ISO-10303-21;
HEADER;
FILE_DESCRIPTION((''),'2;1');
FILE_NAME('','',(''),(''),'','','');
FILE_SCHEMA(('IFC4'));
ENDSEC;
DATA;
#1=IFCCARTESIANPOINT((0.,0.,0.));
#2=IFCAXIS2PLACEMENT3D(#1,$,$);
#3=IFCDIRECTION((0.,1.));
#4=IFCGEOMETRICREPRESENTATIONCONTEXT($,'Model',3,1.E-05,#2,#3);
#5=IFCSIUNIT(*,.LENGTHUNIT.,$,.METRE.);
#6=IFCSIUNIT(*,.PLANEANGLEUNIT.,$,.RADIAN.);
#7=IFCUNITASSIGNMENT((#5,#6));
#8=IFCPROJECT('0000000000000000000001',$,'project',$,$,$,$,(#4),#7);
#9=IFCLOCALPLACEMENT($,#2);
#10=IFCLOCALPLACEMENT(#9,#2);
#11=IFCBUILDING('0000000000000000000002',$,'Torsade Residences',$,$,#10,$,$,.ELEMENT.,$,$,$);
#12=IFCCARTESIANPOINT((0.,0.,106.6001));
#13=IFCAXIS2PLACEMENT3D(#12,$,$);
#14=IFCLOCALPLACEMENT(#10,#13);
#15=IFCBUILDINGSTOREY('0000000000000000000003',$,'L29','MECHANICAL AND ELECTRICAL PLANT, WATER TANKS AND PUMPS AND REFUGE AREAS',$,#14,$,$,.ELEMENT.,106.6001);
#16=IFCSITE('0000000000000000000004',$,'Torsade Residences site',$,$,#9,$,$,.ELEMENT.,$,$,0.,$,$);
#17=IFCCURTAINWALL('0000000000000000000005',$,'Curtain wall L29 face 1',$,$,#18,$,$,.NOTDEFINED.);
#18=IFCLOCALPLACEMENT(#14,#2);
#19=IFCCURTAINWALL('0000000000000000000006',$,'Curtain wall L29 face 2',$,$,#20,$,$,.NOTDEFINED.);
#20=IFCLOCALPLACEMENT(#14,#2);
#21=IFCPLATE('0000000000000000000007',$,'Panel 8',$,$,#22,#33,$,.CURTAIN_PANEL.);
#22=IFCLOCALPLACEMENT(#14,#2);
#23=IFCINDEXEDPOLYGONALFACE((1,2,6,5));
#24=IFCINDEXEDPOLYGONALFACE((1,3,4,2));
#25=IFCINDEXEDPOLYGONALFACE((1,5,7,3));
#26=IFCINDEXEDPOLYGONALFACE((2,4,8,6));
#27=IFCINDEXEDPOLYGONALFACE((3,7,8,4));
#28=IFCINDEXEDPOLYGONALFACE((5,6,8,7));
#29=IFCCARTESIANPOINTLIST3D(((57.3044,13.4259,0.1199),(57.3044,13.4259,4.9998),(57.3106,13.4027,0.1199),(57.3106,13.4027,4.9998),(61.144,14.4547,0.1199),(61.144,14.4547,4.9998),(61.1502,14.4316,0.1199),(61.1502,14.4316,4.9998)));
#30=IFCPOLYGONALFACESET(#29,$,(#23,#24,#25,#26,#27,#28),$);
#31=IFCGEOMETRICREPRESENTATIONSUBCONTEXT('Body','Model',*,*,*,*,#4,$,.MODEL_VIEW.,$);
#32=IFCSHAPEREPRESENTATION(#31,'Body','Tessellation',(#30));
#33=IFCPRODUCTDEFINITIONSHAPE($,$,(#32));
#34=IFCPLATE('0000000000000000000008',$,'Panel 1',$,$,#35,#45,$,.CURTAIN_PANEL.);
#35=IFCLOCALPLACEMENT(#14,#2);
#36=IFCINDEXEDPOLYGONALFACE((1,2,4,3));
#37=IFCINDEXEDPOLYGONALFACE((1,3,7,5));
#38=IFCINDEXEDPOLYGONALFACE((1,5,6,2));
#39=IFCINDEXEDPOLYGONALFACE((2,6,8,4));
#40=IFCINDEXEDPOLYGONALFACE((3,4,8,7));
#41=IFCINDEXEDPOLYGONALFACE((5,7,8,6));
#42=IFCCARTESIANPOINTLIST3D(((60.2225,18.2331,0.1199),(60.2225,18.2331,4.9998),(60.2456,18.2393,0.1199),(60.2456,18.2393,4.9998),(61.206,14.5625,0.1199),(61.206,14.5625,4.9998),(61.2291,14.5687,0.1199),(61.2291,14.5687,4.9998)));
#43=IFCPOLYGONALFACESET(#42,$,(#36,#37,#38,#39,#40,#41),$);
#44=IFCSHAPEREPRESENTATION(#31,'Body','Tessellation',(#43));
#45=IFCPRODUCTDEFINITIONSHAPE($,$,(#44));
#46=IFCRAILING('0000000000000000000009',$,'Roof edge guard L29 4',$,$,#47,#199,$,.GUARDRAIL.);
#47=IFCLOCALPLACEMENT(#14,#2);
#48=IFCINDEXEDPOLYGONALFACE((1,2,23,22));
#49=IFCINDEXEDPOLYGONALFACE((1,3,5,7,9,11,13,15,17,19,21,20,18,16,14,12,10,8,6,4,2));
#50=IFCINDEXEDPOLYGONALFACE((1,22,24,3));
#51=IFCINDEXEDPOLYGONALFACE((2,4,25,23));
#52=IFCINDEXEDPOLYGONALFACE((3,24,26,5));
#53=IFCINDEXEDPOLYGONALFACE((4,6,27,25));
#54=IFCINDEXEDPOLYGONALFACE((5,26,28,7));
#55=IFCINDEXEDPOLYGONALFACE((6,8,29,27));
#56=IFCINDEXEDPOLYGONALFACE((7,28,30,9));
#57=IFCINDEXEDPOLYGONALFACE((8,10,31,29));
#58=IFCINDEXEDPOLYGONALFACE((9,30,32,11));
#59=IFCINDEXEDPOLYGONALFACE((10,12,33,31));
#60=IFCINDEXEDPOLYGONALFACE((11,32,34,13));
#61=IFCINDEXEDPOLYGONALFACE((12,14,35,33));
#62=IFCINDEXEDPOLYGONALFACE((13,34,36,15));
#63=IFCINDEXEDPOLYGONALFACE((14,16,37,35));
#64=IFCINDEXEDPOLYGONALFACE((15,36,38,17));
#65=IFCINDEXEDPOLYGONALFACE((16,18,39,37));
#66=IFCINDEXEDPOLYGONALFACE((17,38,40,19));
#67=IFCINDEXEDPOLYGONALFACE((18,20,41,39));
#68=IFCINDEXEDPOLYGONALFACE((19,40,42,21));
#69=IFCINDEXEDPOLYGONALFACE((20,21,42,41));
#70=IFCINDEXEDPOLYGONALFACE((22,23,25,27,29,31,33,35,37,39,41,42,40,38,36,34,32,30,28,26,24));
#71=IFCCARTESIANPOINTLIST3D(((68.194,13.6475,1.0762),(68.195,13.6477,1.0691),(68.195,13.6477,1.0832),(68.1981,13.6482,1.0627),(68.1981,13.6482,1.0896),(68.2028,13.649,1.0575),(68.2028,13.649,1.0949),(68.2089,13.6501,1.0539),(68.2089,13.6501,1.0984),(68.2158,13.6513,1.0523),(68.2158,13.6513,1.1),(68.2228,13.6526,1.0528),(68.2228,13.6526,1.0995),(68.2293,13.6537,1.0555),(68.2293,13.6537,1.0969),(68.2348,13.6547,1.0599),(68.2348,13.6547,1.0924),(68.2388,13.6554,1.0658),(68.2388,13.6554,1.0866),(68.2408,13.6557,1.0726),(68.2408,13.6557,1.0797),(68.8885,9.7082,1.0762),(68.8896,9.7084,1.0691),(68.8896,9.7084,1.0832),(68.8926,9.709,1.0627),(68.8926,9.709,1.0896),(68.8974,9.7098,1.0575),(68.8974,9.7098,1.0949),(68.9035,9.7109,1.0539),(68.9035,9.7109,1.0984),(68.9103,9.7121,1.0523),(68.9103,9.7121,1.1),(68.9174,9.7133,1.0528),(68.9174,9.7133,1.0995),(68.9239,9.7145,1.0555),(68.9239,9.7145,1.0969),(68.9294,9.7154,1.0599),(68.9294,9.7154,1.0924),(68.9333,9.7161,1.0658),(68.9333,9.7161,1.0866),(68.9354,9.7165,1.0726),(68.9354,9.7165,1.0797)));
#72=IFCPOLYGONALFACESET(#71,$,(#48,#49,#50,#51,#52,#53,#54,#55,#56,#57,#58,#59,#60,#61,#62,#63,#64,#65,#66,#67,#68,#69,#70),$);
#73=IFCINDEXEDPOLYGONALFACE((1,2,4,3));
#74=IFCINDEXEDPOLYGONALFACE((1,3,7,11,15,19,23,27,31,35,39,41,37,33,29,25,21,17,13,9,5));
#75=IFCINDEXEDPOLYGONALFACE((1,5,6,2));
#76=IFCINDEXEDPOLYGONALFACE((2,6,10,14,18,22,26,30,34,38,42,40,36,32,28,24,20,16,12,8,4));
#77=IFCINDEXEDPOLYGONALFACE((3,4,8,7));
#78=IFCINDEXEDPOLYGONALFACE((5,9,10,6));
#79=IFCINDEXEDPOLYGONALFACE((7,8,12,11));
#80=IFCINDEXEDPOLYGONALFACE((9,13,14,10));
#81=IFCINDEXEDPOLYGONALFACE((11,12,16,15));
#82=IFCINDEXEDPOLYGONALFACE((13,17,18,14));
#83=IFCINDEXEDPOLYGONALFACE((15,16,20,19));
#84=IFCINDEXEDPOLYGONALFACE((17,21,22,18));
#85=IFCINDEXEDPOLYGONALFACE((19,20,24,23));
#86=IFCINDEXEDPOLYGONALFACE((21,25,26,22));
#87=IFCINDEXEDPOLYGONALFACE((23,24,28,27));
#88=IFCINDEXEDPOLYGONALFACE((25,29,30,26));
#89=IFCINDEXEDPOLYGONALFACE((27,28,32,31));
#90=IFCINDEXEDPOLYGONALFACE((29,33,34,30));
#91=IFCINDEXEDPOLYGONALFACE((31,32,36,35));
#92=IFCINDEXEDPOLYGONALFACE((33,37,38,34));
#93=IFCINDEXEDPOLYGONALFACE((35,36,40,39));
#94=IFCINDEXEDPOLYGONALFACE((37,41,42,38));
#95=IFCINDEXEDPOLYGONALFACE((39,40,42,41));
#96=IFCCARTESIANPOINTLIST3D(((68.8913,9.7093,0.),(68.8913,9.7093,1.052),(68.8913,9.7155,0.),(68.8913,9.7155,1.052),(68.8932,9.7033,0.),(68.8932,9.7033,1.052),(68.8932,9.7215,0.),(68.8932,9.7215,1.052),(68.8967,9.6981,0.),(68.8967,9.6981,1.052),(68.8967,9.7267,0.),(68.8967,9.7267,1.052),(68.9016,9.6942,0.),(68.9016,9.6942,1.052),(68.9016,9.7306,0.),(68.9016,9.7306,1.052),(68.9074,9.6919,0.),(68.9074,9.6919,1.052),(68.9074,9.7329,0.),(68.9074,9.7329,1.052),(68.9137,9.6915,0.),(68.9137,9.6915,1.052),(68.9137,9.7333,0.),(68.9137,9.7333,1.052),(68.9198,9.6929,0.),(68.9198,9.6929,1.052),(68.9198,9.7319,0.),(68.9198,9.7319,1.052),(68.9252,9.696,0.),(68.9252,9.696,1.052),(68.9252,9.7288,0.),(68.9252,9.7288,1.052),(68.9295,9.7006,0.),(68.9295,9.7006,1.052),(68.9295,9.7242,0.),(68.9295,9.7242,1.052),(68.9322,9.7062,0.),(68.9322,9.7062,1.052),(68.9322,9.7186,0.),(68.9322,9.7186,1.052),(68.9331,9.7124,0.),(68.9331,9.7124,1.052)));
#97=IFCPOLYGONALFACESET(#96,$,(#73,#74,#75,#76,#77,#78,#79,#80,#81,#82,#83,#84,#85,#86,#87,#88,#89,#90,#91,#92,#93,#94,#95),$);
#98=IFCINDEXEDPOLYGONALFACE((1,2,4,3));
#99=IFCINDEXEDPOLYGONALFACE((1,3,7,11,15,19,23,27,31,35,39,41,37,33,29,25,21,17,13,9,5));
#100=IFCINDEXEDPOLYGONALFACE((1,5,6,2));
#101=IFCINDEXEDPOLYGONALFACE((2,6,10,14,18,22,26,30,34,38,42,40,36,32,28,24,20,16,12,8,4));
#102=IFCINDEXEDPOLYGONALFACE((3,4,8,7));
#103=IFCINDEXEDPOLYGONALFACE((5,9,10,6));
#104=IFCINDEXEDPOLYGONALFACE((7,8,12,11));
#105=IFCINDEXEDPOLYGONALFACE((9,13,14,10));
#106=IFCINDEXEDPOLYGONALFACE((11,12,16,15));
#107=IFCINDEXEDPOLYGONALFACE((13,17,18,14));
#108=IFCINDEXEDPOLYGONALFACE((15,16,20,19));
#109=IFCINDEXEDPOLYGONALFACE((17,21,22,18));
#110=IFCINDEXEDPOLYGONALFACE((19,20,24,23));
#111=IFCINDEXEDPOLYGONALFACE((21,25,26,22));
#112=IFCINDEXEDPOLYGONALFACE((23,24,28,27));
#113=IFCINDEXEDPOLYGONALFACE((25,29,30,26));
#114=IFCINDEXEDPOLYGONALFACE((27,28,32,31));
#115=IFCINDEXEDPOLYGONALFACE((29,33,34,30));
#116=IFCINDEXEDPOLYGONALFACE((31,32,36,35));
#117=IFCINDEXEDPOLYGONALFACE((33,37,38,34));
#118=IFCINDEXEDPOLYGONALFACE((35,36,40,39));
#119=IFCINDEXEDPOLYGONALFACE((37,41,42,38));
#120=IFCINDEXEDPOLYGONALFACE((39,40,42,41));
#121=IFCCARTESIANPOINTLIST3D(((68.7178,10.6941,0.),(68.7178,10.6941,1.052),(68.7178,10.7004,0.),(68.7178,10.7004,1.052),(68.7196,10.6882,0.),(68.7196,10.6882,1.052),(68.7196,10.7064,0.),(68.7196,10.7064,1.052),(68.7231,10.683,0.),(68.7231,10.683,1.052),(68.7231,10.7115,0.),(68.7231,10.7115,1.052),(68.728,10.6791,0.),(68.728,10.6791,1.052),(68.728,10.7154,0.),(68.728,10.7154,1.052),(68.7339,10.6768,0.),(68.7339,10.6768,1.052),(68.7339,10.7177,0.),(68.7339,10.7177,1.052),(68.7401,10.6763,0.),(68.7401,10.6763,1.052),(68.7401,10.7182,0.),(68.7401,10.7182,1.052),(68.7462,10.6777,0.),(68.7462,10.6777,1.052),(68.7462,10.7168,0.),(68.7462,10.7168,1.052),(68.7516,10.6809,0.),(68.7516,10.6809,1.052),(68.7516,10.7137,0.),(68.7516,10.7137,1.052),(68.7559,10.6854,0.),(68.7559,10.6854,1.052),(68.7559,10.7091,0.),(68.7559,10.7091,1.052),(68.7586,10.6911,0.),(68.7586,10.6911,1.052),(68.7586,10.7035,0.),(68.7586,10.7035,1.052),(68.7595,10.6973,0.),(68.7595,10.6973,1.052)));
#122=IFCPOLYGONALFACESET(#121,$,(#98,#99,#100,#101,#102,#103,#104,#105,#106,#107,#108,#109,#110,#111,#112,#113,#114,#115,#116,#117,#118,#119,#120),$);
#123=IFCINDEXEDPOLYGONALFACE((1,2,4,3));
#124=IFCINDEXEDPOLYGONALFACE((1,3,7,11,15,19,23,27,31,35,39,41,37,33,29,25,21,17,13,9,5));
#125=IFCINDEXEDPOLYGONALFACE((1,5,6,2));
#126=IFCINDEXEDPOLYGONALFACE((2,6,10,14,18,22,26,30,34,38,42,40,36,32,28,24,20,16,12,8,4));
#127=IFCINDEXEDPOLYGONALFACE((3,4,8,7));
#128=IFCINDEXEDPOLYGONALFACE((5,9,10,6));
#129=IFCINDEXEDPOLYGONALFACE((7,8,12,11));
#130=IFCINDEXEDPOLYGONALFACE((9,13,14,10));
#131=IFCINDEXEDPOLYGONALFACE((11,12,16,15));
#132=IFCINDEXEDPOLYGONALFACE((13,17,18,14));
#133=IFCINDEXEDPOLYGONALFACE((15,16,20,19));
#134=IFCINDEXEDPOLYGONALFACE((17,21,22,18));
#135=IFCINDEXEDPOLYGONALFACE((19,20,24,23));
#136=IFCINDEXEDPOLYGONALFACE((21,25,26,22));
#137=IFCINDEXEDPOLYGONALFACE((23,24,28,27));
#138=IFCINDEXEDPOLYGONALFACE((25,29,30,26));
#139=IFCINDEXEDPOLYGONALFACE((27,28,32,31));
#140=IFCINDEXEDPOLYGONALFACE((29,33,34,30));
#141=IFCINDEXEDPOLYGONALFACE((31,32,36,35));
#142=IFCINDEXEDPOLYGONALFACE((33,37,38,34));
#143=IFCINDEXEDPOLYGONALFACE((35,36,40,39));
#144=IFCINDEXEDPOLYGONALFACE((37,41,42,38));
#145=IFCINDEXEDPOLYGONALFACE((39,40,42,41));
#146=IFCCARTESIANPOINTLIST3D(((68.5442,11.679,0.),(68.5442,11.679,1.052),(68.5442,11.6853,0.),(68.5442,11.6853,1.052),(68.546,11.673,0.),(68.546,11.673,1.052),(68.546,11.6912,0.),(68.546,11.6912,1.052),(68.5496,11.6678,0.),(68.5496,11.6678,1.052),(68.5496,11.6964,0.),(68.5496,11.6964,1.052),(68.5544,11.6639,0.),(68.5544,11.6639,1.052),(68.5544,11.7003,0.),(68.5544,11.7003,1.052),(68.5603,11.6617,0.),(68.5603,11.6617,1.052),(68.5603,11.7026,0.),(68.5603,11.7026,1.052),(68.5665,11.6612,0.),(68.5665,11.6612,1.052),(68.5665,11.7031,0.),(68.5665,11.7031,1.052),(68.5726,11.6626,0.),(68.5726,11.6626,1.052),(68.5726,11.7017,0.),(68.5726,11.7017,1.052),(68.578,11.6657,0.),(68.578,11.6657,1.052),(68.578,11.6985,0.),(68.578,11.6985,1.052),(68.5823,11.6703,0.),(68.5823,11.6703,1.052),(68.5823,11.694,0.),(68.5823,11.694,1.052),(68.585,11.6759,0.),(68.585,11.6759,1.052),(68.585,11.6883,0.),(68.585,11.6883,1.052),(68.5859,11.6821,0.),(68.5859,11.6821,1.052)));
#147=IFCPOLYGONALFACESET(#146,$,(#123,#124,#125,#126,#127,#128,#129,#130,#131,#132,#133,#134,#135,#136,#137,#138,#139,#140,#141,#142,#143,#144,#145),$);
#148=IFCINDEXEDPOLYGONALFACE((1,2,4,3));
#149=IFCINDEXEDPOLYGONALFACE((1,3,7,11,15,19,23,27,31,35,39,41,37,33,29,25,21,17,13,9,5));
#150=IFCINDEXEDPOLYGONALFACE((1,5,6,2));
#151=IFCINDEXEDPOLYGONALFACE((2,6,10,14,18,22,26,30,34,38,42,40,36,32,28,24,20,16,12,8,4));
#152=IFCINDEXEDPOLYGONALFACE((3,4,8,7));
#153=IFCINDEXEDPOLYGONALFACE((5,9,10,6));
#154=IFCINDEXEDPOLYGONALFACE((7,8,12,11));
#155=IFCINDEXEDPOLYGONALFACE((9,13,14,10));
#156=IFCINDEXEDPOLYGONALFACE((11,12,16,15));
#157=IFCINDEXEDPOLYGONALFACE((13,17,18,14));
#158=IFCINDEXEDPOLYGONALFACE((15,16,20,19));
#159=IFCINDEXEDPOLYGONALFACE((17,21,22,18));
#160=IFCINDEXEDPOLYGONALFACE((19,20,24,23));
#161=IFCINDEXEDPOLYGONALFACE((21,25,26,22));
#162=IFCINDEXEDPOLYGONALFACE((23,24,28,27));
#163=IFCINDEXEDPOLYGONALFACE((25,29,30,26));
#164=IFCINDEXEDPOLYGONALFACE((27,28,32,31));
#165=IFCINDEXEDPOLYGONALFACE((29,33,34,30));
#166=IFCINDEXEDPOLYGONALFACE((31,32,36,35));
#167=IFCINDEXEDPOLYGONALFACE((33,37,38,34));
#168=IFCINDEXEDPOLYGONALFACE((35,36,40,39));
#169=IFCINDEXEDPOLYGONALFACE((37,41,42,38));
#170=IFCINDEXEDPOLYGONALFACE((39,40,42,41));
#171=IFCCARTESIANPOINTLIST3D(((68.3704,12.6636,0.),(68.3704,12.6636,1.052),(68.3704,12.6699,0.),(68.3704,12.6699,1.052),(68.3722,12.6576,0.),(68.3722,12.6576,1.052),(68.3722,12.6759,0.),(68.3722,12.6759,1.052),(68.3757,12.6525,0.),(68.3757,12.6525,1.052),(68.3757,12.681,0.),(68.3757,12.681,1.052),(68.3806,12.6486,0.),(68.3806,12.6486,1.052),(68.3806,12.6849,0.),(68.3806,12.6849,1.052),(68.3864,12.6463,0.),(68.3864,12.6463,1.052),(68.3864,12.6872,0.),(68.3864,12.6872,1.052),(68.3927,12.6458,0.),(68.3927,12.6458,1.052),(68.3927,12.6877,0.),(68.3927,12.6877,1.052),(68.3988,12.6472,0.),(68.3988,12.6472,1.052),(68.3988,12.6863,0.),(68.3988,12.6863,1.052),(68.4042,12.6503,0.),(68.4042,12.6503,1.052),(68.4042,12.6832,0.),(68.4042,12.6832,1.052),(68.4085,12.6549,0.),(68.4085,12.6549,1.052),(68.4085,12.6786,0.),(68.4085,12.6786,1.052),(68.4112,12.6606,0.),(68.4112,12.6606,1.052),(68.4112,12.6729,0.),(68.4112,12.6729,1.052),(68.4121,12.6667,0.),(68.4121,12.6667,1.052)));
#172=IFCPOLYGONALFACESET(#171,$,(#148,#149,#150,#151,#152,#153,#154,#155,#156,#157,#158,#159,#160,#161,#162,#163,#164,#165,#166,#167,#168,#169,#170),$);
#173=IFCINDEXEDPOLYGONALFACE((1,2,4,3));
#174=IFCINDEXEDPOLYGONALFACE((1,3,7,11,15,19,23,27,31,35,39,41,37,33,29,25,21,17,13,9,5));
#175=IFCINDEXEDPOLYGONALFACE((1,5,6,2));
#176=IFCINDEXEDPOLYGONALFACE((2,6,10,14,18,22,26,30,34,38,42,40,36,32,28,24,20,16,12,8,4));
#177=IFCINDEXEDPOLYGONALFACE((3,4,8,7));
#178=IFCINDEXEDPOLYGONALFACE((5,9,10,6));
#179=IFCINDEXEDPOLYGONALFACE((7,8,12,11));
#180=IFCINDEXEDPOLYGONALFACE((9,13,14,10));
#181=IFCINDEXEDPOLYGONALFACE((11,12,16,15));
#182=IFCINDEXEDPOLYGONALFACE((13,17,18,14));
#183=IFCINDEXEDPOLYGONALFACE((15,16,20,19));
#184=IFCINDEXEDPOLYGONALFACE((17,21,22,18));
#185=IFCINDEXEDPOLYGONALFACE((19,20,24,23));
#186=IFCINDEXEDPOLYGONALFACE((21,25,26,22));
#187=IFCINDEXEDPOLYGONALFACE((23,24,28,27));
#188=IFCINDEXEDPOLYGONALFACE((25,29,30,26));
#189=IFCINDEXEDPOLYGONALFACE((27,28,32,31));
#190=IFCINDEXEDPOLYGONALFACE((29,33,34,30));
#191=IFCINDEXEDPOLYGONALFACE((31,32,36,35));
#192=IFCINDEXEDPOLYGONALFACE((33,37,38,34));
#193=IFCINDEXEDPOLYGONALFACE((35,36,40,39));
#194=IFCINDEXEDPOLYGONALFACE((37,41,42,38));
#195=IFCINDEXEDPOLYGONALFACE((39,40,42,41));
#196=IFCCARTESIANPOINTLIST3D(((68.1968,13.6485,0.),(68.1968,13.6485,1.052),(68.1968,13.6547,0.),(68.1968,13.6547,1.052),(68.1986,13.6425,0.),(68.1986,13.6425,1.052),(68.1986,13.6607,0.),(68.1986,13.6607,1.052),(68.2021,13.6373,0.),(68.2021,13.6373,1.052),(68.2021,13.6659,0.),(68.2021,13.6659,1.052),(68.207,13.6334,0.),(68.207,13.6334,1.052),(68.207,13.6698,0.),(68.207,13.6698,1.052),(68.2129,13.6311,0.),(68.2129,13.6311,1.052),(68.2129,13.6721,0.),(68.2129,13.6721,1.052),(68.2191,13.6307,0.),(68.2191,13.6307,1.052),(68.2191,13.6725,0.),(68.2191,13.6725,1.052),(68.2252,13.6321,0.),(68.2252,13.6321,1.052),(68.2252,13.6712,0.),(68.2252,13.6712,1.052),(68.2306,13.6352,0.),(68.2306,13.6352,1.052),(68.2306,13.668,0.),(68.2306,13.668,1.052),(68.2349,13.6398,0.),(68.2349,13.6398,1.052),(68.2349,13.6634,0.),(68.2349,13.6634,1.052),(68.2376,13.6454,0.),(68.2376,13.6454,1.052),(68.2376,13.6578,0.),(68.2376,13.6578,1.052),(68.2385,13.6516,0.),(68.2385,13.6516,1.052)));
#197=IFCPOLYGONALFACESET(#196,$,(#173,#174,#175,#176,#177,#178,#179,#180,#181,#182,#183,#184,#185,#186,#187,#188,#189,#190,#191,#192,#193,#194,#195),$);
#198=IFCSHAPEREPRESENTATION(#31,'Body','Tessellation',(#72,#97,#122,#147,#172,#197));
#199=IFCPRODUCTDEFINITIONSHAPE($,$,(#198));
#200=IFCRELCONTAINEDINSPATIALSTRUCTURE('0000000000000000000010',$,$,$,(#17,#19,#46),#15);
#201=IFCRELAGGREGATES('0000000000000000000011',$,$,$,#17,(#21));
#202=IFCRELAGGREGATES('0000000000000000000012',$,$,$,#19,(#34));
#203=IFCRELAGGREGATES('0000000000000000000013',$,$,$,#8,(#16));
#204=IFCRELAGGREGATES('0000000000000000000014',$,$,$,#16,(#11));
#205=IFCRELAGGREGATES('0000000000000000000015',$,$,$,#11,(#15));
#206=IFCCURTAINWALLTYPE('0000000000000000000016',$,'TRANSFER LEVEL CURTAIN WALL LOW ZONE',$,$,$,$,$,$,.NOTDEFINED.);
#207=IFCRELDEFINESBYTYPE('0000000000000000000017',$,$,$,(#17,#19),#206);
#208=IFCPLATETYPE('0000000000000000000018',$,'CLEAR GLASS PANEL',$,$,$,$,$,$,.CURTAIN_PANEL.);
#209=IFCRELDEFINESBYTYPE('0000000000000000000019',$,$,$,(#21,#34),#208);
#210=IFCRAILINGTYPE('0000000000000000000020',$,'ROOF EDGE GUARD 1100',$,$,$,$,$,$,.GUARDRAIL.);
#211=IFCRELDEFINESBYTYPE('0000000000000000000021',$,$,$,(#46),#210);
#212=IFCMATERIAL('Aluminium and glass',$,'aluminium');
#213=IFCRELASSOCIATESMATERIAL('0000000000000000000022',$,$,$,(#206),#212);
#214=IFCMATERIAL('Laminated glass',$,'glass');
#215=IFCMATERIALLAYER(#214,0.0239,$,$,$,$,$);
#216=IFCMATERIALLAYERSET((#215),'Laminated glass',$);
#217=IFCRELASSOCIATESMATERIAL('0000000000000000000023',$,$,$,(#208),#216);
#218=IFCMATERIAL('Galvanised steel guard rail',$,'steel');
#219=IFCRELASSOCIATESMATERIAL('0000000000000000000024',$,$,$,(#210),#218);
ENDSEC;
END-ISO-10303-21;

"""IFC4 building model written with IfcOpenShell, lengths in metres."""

from ifc_helpers import new_model, si_unit, direction, frame, origin, origin_2d, place, context, subcontext, project, spatial, rectangle, circle, extrude, material, layer, layer_set, type_object, element, aggregate, save


model = new_model("IFC4")

# Units and contexts
model_context = context("Model", 3, precision=1e-05, world=origin(), true_north=direction((0.0, 1.0)))
body_context = subcontext(model_context, "Body", "Model", "MODEL_VIEW")
ifc_project = project(units=[si_unit("LENGTHUNIT", "METRE"), si_unit("PLANEANGLEUNIT", "RADIAN")], contexts=[model_context])

# Site, building, storey
site_placement = place(None, origin())
site = spatial("IfcSite", under=ifc_project, at=site_placement, Name="Torsade Residences site", CompositionType="ELEMENT", RefElevation=0.0)
building_placement = place(site_placement, origin())
building = spatial("IfcBuilding", under=site, at=building_placement, Name="Torsade Residences", CompositionType="ELEMENT")
storey_placement = place(building_placement, frame((0.0, 0.0, 106.6001)))
storey = spatial("IfcBuildingStorey", under=building, at=storey_placement, Name="L29", Description="MECHANICAL AND ELECTRICAL PLANT, WATER TANKS AND PUMPS AND REFUGE AREAS", CompositionType="ELEMENT", Elevation=106.6001)

# Curtain walls
ifc_material_1 = material(Name="Aluminium and glass", Category="aluminium")
curtain_wall_type = type_object("IfcCurtainWallType", Name="TRANSFER LEVEL CURTAIN WALL LOW ZONE", PredefinedType="NOTDEFINED", material=ifc_material_1)
curtain_wall_1_placement = place(storey_placement, origin())
curtain_wall_1 = element("IfcCurtainWall", 1, at=curtain_wall_1_placement, inside=storey, type_object=curtain_wall_type, Name="Curtain wall L29 face 1", PredefinedType="NOTDEFINED")
curtain_wall_2_placement = place(storey_placement, origin())
curtain_wall_2 = element("IfcCurtainWall", 2, at=curtain_wall_2_placement, inside=storey, type_object=curtain_wall_type, Name="Curtain wall L29 face 2", PredefinedType="NOTDEFINED")

# Plates
ifc_material_2 = material(Name="Laminated glass", Category="glass")
ifc_layer = layer(ifc_material_2, 0.0239)
ifc_layer_set = layer_set([ifc_layer], Name="Laminated glass")
plate_type = type_object("IfcPlateType", Name="CLEAR GLASS PANEL", PredefinedType="CURTAIN_PANEL", material=ifc_layer_set)
plate_1_placement = place(storey_placement, frame((59.2273, 13.9287, 0.1199), z_axis=(0.0, 0.0, 1.0), x_axis=(0.965926, 0.258819, 0.0)))
plate_1 = element("IfcPlate", 3, at=plate_1_placement, type_object=plate_type, Name="Panel 8", PredefinedType="CURTAIN_PANEL", context=body_context, shape_type="SweptSolid", body=[
    extrude(rectangle(XDim=3.9751, YDim=0.0239, at=origin_2d()), origin(), (0.0, 0.0, 1.0), 4.8799),
])
aggregate(curtain_wall_1, [plate_1])
plate_2_placement = place(storey_placement, frame((60.7258, 16.4009, 0.1199), z_axis=(0.0, 0.0, 1.0), x_axis=(-0.258819, 0.965926, 0.0)))
plate_2 = element("IfcPlate", 4, at=plate_2_placement, type_object=plate_type, Name="Panel 1", PredefinedType="CURTAIN_PANEL", context=body_context, shape_type="SweptSolid", body=[
    extrude(rectangle(XDim=3.8, YDim=0.0239, at=origin_2d()), origin(), (0.0, 0.0, 1.0), 4.8799),
])
aggregate(curtain_wall_2, [plate_2])

# Railing
ifc_material_3 = material(Name="Galvanised steel guard rail", Category="steel")
railing_type = type_object("IfcRailingType", Name="ROOF EDGE GUARD 1100", PredefinedType="GUARDRAIL", material=ifc_material_3)
railing_1_placement = place(storey_placement, frame((68.9121, 9.7124, 0.0)))
element("IfcRailing", 5, at=railing_1_placement, inside=storey, type_object=railing_type, Name="Roof edge guard L29 4", PredefinedType="GUARDRAIL", context=body_context, shape_type="SweptSolid", body=[
    extrude(circle(Radius=0.0239, at=origin_2d()), frame((0.0, 0.0, 1.0762), z_axis=(-0.173646, 0.984808, 0.0), x_axis=(-0.984808, -0.173646, 0.0)), (0.0, 0.0, 1.0), 4.0),
    extrude(circle(Radius=0.021, at=origin_2d()), origin(), (0.0, 0.0, 1.0), 1.052),
    extrude(circle(Radius=0.021, at=origin_2d()), frame((-0.1736, 0.9849, 0.0)), (0.0, 0.0, 1.0), 1.052),
    extrude(circle(Radius=0.021, at=origin_2d()), frame((-0.3472, 1.9697, 0.0)), (0.0, 0.0, 1.0), 1.052),
    extrude(circle(Radius=0.021, at=origin_2d()), frame((-0.521, 2.9543, 0.0)), (0.0, 0.0, 1.0), 1.052),
    extrude(circle(Radius=0.021, at=origin_2d()), frame((-0.6946, 3.9392, 0.0)), (0.0, 0.0, 1.0), 1.052),
])

save(model, "model.ifc")
